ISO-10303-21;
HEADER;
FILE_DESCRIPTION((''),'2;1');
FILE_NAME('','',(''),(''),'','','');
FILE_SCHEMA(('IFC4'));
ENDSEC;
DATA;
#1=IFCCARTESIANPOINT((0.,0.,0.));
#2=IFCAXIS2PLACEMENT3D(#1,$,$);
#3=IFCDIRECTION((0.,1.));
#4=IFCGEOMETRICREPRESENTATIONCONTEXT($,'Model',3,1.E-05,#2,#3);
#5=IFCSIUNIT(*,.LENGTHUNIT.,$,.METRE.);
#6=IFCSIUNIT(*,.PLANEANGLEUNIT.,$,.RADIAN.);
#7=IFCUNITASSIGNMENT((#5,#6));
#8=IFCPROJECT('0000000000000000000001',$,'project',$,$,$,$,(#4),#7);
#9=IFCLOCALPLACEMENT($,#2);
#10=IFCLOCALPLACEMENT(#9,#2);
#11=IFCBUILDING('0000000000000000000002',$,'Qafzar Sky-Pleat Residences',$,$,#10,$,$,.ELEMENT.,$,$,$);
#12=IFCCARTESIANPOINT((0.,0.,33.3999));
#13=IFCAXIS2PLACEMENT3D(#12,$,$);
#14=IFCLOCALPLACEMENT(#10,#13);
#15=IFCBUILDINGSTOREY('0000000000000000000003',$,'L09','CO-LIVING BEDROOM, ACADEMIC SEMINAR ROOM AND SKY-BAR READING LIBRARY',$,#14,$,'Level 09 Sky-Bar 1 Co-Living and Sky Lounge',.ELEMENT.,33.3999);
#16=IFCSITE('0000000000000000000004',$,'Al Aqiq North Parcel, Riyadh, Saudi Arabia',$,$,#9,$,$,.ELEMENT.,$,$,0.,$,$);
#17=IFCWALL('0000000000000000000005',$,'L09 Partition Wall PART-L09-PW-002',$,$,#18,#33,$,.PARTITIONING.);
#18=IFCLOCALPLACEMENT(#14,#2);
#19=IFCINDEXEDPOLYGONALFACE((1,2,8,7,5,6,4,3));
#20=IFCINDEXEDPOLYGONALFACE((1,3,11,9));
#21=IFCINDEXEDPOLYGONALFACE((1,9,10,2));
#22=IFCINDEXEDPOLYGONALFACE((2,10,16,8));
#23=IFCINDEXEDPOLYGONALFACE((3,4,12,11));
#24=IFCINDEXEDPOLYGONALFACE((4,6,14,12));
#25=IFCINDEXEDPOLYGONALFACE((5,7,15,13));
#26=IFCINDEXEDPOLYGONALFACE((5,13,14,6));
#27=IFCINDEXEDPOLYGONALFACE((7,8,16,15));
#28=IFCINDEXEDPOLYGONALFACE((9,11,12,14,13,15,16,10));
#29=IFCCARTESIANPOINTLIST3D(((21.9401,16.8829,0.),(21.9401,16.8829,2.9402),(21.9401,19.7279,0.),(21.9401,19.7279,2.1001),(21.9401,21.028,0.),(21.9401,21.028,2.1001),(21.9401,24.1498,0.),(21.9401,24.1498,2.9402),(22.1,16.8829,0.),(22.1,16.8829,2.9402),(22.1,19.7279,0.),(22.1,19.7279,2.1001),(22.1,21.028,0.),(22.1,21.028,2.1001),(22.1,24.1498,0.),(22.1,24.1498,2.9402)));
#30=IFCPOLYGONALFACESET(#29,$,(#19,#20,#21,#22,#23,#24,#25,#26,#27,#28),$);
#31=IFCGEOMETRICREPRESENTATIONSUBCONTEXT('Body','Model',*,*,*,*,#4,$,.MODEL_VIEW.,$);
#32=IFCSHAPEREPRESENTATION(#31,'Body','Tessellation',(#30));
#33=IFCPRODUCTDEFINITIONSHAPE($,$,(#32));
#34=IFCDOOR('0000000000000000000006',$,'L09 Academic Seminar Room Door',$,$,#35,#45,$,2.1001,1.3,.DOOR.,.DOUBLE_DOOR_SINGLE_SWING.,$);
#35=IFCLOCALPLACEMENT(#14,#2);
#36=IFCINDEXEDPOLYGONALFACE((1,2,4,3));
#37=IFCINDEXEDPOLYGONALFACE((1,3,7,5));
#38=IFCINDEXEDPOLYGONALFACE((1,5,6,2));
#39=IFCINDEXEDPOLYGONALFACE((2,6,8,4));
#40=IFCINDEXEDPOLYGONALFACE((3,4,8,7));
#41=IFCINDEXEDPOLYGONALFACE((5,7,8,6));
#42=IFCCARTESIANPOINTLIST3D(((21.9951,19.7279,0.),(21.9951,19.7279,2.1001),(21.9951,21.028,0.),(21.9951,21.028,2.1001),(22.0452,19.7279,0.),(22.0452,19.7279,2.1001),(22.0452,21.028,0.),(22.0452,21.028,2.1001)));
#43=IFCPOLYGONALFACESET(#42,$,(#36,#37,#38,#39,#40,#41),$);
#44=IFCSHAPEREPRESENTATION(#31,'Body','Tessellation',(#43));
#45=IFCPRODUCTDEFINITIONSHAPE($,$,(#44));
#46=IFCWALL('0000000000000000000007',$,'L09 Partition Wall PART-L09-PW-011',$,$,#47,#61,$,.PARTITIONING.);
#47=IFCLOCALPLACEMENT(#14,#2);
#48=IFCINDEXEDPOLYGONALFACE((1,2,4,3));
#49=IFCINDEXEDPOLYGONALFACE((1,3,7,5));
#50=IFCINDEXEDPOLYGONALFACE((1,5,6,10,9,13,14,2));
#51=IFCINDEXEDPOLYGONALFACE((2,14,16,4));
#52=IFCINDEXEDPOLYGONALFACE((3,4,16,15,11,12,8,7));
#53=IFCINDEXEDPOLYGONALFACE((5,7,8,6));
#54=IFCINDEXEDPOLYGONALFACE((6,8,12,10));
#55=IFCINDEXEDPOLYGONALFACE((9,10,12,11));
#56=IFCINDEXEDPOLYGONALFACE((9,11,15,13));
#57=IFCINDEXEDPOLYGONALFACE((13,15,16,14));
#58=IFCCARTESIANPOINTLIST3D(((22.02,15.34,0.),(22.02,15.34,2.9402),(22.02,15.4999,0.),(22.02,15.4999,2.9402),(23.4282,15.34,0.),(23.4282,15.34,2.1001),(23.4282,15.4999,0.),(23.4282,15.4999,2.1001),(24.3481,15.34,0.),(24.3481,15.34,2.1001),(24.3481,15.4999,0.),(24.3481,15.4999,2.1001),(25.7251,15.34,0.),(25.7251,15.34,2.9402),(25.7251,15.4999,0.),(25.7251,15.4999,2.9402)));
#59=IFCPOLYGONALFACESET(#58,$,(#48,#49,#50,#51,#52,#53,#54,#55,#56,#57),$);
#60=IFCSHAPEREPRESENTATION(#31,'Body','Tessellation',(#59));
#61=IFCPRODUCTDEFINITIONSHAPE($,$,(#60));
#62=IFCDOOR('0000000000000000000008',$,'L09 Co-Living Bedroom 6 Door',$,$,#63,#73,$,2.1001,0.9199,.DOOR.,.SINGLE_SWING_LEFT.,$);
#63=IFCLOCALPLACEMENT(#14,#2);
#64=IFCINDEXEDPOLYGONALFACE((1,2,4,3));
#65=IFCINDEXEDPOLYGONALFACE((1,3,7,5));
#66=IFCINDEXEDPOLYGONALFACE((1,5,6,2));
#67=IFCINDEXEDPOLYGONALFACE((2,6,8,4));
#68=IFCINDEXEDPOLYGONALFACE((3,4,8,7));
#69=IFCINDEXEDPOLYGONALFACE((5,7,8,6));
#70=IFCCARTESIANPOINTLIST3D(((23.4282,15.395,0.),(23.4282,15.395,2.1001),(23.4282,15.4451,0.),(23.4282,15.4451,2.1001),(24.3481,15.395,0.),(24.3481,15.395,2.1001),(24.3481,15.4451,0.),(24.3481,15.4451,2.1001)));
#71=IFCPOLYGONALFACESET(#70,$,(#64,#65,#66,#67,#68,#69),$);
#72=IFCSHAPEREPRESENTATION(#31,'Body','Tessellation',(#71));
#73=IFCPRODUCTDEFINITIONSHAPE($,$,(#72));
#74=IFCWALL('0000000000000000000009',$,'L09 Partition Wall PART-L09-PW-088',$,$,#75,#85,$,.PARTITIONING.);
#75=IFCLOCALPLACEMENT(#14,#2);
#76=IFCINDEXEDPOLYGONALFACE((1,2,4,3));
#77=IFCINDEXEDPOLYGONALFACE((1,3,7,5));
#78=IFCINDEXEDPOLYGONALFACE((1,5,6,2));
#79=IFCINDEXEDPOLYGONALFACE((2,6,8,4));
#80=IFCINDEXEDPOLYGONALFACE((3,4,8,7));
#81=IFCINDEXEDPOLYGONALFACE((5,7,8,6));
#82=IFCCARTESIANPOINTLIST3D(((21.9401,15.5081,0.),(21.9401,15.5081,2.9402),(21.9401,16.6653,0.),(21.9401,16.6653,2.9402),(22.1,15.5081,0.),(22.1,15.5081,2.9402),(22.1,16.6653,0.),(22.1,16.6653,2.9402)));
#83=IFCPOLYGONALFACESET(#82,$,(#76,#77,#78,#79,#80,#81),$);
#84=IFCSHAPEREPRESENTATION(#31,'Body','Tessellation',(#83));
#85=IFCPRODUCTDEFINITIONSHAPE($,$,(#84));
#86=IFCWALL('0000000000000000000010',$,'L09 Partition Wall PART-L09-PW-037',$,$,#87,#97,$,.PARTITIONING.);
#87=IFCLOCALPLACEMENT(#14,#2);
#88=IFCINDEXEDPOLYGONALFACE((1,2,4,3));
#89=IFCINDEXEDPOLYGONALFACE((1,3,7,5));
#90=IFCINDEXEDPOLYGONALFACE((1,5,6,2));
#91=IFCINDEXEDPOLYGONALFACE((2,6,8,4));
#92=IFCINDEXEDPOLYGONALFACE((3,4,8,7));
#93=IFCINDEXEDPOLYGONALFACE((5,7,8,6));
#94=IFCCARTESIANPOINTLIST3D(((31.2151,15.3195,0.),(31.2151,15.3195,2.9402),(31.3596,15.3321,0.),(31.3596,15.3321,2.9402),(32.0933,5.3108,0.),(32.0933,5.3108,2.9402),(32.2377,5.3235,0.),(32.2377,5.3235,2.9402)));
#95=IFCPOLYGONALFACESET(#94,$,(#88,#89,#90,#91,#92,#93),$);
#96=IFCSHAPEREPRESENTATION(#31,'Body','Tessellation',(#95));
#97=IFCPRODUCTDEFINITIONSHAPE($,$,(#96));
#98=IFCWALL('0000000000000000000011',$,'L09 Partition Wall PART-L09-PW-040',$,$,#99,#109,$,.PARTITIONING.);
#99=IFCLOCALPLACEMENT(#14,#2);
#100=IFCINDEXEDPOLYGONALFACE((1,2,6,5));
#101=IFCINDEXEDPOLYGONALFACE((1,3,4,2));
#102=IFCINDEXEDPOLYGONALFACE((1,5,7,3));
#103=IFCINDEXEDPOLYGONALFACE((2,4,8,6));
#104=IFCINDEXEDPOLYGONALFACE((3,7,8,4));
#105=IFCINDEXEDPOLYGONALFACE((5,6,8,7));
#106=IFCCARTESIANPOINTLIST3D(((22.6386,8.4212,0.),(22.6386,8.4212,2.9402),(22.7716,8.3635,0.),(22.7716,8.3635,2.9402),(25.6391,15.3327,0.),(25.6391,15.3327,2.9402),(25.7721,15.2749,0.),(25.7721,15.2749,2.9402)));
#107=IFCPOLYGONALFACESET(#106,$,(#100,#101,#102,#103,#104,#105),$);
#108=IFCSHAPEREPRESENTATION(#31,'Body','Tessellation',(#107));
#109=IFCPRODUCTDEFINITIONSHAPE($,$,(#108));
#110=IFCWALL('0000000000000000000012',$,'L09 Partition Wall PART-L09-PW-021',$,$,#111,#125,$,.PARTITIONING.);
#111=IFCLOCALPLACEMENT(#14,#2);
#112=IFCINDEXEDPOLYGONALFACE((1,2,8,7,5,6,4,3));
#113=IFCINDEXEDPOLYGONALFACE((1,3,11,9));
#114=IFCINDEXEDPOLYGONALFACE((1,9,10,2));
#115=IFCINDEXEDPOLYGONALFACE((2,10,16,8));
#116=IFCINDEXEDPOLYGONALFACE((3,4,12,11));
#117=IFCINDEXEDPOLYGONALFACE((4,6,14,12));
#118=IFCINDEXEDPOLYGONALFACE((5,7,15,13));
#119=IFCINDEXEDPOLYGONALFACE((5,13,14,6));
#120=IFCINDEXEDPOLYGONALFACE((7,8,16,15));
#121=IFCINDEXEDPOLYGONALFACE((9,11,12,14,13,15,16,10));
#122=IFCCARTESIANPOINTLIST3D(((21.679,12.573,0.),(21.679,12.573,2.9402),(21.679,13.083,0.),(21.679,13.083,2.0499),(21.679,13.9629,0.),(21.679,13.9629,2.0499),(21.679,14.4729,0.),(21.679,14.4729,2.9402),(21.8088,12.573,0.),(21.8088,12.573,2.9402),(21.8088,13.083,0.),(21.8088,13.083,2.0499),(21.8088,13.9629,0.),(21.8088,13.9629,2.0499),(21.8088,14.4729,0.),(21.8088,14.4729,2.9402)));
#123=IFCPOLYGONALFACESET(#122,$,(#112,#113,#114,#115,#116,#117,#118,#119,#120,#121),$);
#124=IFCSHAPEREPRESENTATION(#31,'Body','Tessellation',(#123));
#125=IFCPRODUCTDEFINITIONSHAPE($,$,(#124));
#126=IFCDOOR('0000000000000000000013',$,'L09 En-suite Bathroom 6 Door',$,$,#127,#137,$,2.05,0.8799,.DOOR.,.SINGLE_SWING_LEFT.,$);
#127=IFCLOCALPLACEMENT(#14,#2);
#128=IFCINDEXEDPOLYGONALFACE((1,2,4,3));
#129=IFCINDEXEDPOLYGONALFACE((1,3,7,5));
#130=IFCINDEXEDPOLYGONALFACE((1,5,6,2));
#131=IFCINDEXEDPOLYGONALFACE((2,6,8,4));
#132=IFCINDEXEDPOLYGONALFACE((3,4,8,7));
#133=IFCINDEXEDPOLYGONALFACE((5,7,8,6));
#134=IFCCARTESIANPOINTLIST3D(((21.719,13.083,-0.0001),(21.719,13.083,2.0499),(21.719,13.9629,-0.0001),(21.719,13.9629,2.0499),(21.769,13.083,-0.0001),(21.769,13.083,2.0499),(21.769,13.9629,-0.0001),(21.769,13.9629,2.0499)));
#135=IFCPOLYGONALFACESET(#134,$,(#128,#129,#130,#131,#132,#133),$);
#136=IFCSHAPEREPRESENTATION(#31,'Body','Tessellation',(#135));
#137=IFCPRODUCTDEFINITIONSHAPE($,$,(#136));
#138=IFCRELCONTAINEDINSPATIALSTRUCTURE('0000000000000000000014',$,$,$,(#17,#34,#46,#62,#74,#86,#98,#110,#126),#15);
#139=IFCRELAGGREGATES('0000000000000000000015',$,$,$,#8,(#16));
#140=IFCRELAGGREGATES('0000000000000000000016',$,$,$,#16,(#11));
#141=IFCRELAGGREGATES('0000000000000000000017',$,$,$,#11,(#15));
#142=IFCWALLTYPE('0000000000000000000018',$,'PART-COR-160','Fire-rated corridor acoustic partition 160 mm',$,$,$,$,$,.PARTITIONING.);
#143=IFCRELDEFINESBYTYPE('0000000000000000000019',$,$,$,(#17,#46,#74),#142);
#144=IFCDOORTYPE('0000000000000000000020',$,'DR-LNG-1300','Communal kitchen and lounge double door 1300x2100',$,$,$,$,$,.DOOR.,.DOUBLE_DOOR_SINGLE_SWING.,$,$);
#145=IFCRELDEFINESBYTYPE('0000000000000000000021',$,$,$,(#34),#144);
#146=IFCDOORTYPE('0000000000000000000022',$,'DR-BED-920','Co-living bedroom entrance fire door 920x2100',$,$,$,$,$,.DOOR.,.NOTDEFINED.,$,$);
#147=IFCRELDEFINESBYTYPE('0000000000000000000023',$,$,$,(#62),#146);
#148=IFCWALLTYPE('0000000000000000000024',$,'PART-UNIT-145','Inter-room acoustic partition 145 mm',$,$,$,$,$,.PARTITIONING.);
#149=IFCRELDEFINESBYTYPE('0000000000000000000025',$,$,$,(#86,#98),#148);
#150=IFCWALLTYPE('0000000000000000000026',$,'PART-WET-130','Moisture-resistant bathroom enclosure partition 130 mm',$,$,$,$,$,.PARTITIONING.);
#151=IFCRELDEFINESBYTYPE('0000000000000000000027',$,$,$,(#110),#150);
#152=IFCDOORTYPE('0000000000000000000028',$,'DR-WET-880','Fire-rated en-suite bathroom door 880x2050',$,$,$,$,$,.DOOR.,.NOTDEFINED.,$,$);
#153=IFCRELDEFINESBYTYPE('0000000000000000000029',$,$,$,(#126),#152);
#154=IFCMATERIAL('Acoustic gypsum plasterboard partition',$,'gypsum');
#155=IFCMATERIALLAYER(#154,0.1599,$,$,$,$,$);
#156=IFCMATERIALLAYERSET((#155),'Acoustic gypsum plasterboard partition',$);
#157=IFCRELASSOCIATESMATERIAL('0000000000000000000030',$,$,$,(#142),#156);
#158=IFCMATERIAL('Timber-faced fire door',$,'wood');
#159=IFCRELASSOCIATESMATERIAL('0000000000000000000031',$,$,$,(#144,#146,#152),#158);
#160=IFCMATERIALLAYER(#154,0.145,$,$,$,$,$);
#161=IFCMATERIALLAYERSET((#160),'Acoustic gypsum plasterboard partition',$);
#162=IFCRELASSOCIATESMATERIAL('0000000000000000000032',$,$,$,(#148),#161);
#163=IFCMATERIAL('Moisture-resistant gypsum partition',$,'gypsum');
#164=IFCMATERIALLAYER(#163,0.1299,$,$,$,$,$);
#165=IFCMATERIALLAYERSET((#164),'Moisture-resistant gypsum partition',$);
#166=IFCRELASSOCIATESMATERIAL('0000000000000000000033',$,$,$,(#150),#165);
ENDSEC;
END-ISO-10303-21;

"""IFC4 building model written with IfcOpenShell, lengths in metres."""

from ifc_helpers import new_model, si_unit, direction, frame, frame_2d, origin, place, context, subcontext, project, spatial, rectangle, extrude, source, transform, mapped, material, layer, layer_set, type_object, element, fill, save


model = new_model("IFC4")

# Units and contexts
model_context = context("Model", 3, precision=1e-05, world=origin(), true_north=direction((0.0, 1.0)))
body_context = subcontext(model_context, "Body", "Model", "MODEL_VIEW")
ifc_project = project(units=[si_unit("LENGTHUNIT", "METRE"), si_unit("PLANEANGLEUNIT", "RADIAN")], contexts=[model_context])

# Site, building, storey
site_placement = place(None, origin())
site = spatial("IfcSite", under=ifc_project, at=site_placement, Name="Al Aqiq North Parcel, Riyadh, Saudi Arabia", CompositionType="ELEMENT", RefElevation=0.0)
building_placement = place(site_placement, origin())
building = spatial("IfcBuilding", under=site, at=building_placement, Name="Qafzar Sky-Pleat Residences", CompositionType="ELEMENT")
storey_placement = place(building_placement, frame((0.0, 0.0, 33.3999)))
storey = spatial("IfcBuildingStorey", under=building, at=storey_placement, Name="L09", Description="CO-LIVING BEDROOM, ACADEMIC SEMINAR ROOM AND SKY-BAR READING LIBRARY", LongName="Level 09 Sky-Bar 1 Co-Living and Sky Lounge", CompositionType="ELEMENT", Elevation=33.3999)

# Walls, openings, doors
ifc_material_1 = material(Name="Acoustic gypsum plasterboard partition", Category="gypsum")
ifc_layer_1 = layer(ifc_material_1, 0.1599)
ifc_layer_set_1 = layer_set([ifc_layer_1], Name="Acoustic gypsum plasterboard partition")
wall_type_1 = type_object("IfcWallType", Name="PART-COR-160", Description="Fire-rated corridor acoustic partition 160 mm", PredefinedType="PARTITIONING", material=ifc_layer_set_1)
wall_1_placement = place(storey_placement, frame((22.02, 16.8831, 0.0), z_axis=(0.0, 0.0, 1.0), x_axis=(0.0, 1.0, 0.0)))
wall_1 = element("IfcWall", 1, at=wall_1_placement, inside=storey, type_object=wall_type_1, Name="L09 Partition Wall PART-L09-PW-002", PredefinedType="PARTITIONING", context=body_context, shape_type="SweptSolid", body=[
    extrude(rectangle(XDim=7.2668, YDim=0.1599, at=frame_2d((3.6333, 0.0))), origin(), (0.0, 0.0, 1.0), 2.9402),
])
opening_1_placement = place(wall_1_placement, frame((2.845, 0.0, 0.0)))
opening_1 = element("IfcOpeningElement", 2, at=opening_1_placement, cuts=wall_1, PredefinedType="OPENING", context=body_context, shape_type="SweptSolid", body=[
    extrude(rectangle(XDim=1.3, YDim=2.1001, at=frame_2d((0.6499, 1.05))), frame((0.0, 0.0898, 0.0), z_axis=(0.0, -1.0, 0.0), x_axis=(1.0, 0.0, 0.0)), (0.0, 0.0, 1.0), 0.1799),
])
ifc_material_2 = material(Name="Timber-faced fire door", Category="wood")
door_type_1 = type_object("IfcDoorType", Name="DR-LNG-1300", Description="Communal kitchen and lounge double door 1300x2100", OperationType="DOUBLE_DOOR_SINGLE_SWING", PredefinedType="DOOR", material=ifc_material_2)
shared_shape_1 = source(origin(), body_context, "Body", "SweptSolid", [
    extrude(rectangle(XDim=1.3, YDim=2.1001, at=frame_2d((0.6499, 1.05))), frame((0.0, 0.0249, 0.0), z_axis=(0.0, -1.0, 0.0), x_axis=(1.0, 0.0, 0.0)), (0.0, 0.0, 1.0), 0.05),
])
door_1_placement = place(opening_1_placement, origin())
door_1 = element("IfcDoor", 3, at=door_1_placement, inside=storey, type_object=door_type_1, Name="L09 Academic Seminar Room Door", OperationType="DOUBLE_DOOR_SINGLE_SWING", OverallHeight=2.1001, OverallWidth=1.3, PredefinedType="DOOR", context=body_context, shape_type="MappedRepresentation", body=[
    mapped(shared_shape_1, transform((0.0, 0.0, 0.0), x_axis=(1.0, 0.0, 0.0), y_axis=(0.0, 1.0, 0.0), z_axis=(0.0, 0.0, 1.0), scale=1.0)),
])
fill(opening_1, door_1)
wall_2_placement = place(storey_placement, frame((25.7251, 15.4199, 0.0), z_axis=(0.0, 0.0, 1.0), x_axis=(-1.0, 0.0, 0.0)))
wall_2 = element("IfcWall", 4, at=wall_2_placement, inside=storey, type_object=wall_type_1, Name="L09 Partition Wall PART-L09-PW-011", PredefinedType="PARTITIONING", context=body_context, shape_type="SweptSolid", body=[
    extrude(rectangle(XDim=3.7051, YDim=0.1599, at=frame_2d((1.8525, 0.0))), origin(), (0.0, 0.0, 1.0), 2.9402),
])
opening_2_placement = place(wall_2_placement, frame((1.377, 0.0, 0.0)))
opening_2 = element("IfcOpeningElement", 5, at=opening_2_placement, cuts=wall_2, PredefinedType="OPENING", context=body_context, shape_type="SweptSolid", body=[
    extrude(rectangle(XDim=0.9199, YDim=2.1001, at=frame_2d((0.46, 1.05))), frame((0.0, 0.0898, 0.0), z_axis=(0.0, -1.0, 0.0), x_axis=(1.0, 0.0, 0.0)), (0.0, 0.0, 1.0), 0.1799),
])
door_type_2 = type_object("IfcDoorType", Name="DR-BED-920", Description="Co-living bedroom entrance fire door 920x2100", OperationType="NOTDEFINED", PredefinedType="DOOR", material=ifc_material_2)
shared_shape_2 = source(origin(), body_context, "Body", "SweptSolid", [
    extrude(rectangle(XDim=0.9199, YDim=2.1001, at=frame_2d((0.46, 1.05))), frame((0.0, 0.0249, 0.0), z_axis=(0.0, -1.0, 0.0), x_axis=(1.0, 0.0, 0.0)), (0.0, 0.0, 1.0), 0.05),
])
door_2_placement = place(opening_2_placement, origin())
door_2 = element("IfcDoor", 6, at=door_2_placement, inside=storey, type_object=door_type_2, Name="L09 Co-Living Bedroom 6 Door", OperationType="SINGLE_SWING_LEFT", OverallHeight=2.1001, OverallWidth=0.9199, PredefinedType="DOOR", context=body_context, shape_type="MappedRepresentation", body=[
    mapped(shared_shape_2, transform((0.0, 0.0, 0.0), x_axis=(1.0, 0.0, 0.0), y_axis=(0.0, 1.0, 0.0), z_axis=(0.0, 0.0, 1.0), scale=1.0)),
])
fill(opening_2, door_2)

# Walls
wall_3_placement = place(storey_placement, frame((22.02, 15.5081, 0.0), z_axis=(0.0, 0.0, 1.0), x_axis=(0.0, 1.0, 0.0)))
element("IfcWall", 7, at=wall_3_placement, inside=storey, type_object=wall_type_1, Name="L09 Partition Wall PART-L09-PW-088", PredefinedType="PARTITIONING", context=body_context, shape_type="SweptSolid", body=[
    extrude(rectangle(XDim=1.1572, YDim=0.1599, at=frame_2d((0.5786, 0.0))), origin(), (0.0, 0.0, 1.0), 2.9402),
])
ifc_layer_2 = layer(ifc_material_1, 0.145)
ifc_layer_set_2 = layer_set([ifc_layer_2], Name="Acoustic gypsum plasterboard partition")
wall_type_2 = type_object("IfcWallType", Name="PART-UNIT-145", Description="Inter-room acoustic partition 145 mm", PredefinedType="PARTITIONING", material=ifc_layer_set_2)
wall_4_placement = place(storey_placement, frame((31.2874, 15.3257, 0.0), z_axis=(0.0, 0.0, 1.0), x_axis=(0.087404, -0.996173, 0.0)))
element("IfcWall", 8, at=wall_4_placement, inside=storey, type_object=wall_type_2, Name="L09 Partition Wall PART-L09-PW-037", PredefinedType="PARTITIONING", context=body_context, shape_type="SweptSolid", body=[
    extrude(rectangle(XDim=10.0471, YDim=0.145, at=frame_2d((5.0234, 0.0))), origin(), (0.0, 0.0, 1.0), 2.9402),
])
wall_5_placement = place(storey_placement, frame((22.7051, 8.3923, 0.0), z_axis=(0.0, 0.0, 1.0), x_axis=(0.398228, 0.917286, 0.0)))
element("IfcWall", 9, at=wall_5_placement, inside=storey, type_object=wall_type_2, Name="L09 Partition Wall PART-L09-PW-040", PredefinedType="PARTITIONING", context=body_context, shape_type="SweptSolid", body=[
    extrude(rectangle(XDim=7.5347, YDim=0.145, at=frame_2d((3.7673, 0.0))), origin(), (0.0, 0.0, 1.0), 2.9402),
])

# Wall, opening, door
ifc_material_3 = material(Name="Moisture-resistant gypsum partition", Category="gypsum")
ifc_layer_3 = layer(ifc_material_3, 0.1299)
ifc_layer_set_3 = layer_set([ifc_layer_3], Name="Moisture-resistant gypsum partition")
wall_type_3 = type_object("IfcWallType", Name="PART-WET-130", Description="Moisture-resistant bathroom enclosure partition 130 mm", PredefinedType="PARTITIONING", material=ifc_layer_set_3)
wall_6_placement = place(storey_placement, frame((21.7439, 12.573, 0.0), z_axis=(0.0, 0.0, 1.0), x_axis=(0.0, 1.0, 0.0)))
wall_6 = element("IfcWall", 10, at=wall_6_placement, inside=storey, type_object=wall_type_3, Name="L09 Partition Wall PART-L09-PW-021", PredefinedType="PARTITIONING", context=body_context, shape_type="SweptSolid", body=[
    extrude(rectangle(XDim=1.8999, YDim=0.1299, at=frame_2d((0.95, 0.0))), origin(), (0.0, 0.0, 1.0), 2.9402),
])
opening_3_placement = place(wall_6_placement, frame((0.51, 0.0, 0.0)))
opening_3 = element("IfcOpeningElement", 11, at=opening_3_placement, cuts=wall_6, PredefinedType="OPENING", context=body_context, shape_type="SweptSolid", body=[
    extrude(rectangle(XDim=0.8799, YDim=2.05, at=frame_2d((0.4399, 1.0249))), frame((0.0, 0.075, 0.0), z_axis=(0.0, -1.0, 0.0), x_axis=(1.0, 0.0, 0.0)), (0.0, 0.0, 1.0), 0.1499),
])
door_type_3 = type_object("IfcDoorType", Name="DR-WET-880", Description="Fire-rated en-suite bathroom door 880x2050", OperationType="NOTDEFINED", PredefinedType="DOOR", material=ifc_material_2)
shared_shape_3 = source(origin(), body_context, "Body", "SweptSolid", [
    extrude(rectangle(XDim=0.8799, YDim=2.05, at=frame_2d((0.4399, 1.0249))), frame((0.0, 0.0249, 0.0), z_axis=(0.0, -1.0, 0.0), x_axis=(1.0, 0.0, 0.0)), (0.0, 0.0, 1.0), 0.05),
])
door_3_placement = place(opening_3_placement, origin())
door_3 = element("IfcDoor", 12, at=door_3_placement, inside=storey, type_object=door_type_3, Name="L09 En-suite Bathroom 6 Door", OperationType="SINGLE_SWING_LEFT", OverallHeight=2.05, OverallWidth=0.8799, PredefinedType="DOOR", context=body_context, shape_type="MappedRepresentation", body=[
    mapped(shared_shape_3, transform((0.0, 0.0, 0.0), x_axis=(1.0, 0.0, 0.0), y_axis=(0.0, 1.0, 0.0), z_axis=(0.0, 0.0, 1.0), scale=1.0)),
])
fill(opening_3, door_3)

save(model, "model.ifc")
